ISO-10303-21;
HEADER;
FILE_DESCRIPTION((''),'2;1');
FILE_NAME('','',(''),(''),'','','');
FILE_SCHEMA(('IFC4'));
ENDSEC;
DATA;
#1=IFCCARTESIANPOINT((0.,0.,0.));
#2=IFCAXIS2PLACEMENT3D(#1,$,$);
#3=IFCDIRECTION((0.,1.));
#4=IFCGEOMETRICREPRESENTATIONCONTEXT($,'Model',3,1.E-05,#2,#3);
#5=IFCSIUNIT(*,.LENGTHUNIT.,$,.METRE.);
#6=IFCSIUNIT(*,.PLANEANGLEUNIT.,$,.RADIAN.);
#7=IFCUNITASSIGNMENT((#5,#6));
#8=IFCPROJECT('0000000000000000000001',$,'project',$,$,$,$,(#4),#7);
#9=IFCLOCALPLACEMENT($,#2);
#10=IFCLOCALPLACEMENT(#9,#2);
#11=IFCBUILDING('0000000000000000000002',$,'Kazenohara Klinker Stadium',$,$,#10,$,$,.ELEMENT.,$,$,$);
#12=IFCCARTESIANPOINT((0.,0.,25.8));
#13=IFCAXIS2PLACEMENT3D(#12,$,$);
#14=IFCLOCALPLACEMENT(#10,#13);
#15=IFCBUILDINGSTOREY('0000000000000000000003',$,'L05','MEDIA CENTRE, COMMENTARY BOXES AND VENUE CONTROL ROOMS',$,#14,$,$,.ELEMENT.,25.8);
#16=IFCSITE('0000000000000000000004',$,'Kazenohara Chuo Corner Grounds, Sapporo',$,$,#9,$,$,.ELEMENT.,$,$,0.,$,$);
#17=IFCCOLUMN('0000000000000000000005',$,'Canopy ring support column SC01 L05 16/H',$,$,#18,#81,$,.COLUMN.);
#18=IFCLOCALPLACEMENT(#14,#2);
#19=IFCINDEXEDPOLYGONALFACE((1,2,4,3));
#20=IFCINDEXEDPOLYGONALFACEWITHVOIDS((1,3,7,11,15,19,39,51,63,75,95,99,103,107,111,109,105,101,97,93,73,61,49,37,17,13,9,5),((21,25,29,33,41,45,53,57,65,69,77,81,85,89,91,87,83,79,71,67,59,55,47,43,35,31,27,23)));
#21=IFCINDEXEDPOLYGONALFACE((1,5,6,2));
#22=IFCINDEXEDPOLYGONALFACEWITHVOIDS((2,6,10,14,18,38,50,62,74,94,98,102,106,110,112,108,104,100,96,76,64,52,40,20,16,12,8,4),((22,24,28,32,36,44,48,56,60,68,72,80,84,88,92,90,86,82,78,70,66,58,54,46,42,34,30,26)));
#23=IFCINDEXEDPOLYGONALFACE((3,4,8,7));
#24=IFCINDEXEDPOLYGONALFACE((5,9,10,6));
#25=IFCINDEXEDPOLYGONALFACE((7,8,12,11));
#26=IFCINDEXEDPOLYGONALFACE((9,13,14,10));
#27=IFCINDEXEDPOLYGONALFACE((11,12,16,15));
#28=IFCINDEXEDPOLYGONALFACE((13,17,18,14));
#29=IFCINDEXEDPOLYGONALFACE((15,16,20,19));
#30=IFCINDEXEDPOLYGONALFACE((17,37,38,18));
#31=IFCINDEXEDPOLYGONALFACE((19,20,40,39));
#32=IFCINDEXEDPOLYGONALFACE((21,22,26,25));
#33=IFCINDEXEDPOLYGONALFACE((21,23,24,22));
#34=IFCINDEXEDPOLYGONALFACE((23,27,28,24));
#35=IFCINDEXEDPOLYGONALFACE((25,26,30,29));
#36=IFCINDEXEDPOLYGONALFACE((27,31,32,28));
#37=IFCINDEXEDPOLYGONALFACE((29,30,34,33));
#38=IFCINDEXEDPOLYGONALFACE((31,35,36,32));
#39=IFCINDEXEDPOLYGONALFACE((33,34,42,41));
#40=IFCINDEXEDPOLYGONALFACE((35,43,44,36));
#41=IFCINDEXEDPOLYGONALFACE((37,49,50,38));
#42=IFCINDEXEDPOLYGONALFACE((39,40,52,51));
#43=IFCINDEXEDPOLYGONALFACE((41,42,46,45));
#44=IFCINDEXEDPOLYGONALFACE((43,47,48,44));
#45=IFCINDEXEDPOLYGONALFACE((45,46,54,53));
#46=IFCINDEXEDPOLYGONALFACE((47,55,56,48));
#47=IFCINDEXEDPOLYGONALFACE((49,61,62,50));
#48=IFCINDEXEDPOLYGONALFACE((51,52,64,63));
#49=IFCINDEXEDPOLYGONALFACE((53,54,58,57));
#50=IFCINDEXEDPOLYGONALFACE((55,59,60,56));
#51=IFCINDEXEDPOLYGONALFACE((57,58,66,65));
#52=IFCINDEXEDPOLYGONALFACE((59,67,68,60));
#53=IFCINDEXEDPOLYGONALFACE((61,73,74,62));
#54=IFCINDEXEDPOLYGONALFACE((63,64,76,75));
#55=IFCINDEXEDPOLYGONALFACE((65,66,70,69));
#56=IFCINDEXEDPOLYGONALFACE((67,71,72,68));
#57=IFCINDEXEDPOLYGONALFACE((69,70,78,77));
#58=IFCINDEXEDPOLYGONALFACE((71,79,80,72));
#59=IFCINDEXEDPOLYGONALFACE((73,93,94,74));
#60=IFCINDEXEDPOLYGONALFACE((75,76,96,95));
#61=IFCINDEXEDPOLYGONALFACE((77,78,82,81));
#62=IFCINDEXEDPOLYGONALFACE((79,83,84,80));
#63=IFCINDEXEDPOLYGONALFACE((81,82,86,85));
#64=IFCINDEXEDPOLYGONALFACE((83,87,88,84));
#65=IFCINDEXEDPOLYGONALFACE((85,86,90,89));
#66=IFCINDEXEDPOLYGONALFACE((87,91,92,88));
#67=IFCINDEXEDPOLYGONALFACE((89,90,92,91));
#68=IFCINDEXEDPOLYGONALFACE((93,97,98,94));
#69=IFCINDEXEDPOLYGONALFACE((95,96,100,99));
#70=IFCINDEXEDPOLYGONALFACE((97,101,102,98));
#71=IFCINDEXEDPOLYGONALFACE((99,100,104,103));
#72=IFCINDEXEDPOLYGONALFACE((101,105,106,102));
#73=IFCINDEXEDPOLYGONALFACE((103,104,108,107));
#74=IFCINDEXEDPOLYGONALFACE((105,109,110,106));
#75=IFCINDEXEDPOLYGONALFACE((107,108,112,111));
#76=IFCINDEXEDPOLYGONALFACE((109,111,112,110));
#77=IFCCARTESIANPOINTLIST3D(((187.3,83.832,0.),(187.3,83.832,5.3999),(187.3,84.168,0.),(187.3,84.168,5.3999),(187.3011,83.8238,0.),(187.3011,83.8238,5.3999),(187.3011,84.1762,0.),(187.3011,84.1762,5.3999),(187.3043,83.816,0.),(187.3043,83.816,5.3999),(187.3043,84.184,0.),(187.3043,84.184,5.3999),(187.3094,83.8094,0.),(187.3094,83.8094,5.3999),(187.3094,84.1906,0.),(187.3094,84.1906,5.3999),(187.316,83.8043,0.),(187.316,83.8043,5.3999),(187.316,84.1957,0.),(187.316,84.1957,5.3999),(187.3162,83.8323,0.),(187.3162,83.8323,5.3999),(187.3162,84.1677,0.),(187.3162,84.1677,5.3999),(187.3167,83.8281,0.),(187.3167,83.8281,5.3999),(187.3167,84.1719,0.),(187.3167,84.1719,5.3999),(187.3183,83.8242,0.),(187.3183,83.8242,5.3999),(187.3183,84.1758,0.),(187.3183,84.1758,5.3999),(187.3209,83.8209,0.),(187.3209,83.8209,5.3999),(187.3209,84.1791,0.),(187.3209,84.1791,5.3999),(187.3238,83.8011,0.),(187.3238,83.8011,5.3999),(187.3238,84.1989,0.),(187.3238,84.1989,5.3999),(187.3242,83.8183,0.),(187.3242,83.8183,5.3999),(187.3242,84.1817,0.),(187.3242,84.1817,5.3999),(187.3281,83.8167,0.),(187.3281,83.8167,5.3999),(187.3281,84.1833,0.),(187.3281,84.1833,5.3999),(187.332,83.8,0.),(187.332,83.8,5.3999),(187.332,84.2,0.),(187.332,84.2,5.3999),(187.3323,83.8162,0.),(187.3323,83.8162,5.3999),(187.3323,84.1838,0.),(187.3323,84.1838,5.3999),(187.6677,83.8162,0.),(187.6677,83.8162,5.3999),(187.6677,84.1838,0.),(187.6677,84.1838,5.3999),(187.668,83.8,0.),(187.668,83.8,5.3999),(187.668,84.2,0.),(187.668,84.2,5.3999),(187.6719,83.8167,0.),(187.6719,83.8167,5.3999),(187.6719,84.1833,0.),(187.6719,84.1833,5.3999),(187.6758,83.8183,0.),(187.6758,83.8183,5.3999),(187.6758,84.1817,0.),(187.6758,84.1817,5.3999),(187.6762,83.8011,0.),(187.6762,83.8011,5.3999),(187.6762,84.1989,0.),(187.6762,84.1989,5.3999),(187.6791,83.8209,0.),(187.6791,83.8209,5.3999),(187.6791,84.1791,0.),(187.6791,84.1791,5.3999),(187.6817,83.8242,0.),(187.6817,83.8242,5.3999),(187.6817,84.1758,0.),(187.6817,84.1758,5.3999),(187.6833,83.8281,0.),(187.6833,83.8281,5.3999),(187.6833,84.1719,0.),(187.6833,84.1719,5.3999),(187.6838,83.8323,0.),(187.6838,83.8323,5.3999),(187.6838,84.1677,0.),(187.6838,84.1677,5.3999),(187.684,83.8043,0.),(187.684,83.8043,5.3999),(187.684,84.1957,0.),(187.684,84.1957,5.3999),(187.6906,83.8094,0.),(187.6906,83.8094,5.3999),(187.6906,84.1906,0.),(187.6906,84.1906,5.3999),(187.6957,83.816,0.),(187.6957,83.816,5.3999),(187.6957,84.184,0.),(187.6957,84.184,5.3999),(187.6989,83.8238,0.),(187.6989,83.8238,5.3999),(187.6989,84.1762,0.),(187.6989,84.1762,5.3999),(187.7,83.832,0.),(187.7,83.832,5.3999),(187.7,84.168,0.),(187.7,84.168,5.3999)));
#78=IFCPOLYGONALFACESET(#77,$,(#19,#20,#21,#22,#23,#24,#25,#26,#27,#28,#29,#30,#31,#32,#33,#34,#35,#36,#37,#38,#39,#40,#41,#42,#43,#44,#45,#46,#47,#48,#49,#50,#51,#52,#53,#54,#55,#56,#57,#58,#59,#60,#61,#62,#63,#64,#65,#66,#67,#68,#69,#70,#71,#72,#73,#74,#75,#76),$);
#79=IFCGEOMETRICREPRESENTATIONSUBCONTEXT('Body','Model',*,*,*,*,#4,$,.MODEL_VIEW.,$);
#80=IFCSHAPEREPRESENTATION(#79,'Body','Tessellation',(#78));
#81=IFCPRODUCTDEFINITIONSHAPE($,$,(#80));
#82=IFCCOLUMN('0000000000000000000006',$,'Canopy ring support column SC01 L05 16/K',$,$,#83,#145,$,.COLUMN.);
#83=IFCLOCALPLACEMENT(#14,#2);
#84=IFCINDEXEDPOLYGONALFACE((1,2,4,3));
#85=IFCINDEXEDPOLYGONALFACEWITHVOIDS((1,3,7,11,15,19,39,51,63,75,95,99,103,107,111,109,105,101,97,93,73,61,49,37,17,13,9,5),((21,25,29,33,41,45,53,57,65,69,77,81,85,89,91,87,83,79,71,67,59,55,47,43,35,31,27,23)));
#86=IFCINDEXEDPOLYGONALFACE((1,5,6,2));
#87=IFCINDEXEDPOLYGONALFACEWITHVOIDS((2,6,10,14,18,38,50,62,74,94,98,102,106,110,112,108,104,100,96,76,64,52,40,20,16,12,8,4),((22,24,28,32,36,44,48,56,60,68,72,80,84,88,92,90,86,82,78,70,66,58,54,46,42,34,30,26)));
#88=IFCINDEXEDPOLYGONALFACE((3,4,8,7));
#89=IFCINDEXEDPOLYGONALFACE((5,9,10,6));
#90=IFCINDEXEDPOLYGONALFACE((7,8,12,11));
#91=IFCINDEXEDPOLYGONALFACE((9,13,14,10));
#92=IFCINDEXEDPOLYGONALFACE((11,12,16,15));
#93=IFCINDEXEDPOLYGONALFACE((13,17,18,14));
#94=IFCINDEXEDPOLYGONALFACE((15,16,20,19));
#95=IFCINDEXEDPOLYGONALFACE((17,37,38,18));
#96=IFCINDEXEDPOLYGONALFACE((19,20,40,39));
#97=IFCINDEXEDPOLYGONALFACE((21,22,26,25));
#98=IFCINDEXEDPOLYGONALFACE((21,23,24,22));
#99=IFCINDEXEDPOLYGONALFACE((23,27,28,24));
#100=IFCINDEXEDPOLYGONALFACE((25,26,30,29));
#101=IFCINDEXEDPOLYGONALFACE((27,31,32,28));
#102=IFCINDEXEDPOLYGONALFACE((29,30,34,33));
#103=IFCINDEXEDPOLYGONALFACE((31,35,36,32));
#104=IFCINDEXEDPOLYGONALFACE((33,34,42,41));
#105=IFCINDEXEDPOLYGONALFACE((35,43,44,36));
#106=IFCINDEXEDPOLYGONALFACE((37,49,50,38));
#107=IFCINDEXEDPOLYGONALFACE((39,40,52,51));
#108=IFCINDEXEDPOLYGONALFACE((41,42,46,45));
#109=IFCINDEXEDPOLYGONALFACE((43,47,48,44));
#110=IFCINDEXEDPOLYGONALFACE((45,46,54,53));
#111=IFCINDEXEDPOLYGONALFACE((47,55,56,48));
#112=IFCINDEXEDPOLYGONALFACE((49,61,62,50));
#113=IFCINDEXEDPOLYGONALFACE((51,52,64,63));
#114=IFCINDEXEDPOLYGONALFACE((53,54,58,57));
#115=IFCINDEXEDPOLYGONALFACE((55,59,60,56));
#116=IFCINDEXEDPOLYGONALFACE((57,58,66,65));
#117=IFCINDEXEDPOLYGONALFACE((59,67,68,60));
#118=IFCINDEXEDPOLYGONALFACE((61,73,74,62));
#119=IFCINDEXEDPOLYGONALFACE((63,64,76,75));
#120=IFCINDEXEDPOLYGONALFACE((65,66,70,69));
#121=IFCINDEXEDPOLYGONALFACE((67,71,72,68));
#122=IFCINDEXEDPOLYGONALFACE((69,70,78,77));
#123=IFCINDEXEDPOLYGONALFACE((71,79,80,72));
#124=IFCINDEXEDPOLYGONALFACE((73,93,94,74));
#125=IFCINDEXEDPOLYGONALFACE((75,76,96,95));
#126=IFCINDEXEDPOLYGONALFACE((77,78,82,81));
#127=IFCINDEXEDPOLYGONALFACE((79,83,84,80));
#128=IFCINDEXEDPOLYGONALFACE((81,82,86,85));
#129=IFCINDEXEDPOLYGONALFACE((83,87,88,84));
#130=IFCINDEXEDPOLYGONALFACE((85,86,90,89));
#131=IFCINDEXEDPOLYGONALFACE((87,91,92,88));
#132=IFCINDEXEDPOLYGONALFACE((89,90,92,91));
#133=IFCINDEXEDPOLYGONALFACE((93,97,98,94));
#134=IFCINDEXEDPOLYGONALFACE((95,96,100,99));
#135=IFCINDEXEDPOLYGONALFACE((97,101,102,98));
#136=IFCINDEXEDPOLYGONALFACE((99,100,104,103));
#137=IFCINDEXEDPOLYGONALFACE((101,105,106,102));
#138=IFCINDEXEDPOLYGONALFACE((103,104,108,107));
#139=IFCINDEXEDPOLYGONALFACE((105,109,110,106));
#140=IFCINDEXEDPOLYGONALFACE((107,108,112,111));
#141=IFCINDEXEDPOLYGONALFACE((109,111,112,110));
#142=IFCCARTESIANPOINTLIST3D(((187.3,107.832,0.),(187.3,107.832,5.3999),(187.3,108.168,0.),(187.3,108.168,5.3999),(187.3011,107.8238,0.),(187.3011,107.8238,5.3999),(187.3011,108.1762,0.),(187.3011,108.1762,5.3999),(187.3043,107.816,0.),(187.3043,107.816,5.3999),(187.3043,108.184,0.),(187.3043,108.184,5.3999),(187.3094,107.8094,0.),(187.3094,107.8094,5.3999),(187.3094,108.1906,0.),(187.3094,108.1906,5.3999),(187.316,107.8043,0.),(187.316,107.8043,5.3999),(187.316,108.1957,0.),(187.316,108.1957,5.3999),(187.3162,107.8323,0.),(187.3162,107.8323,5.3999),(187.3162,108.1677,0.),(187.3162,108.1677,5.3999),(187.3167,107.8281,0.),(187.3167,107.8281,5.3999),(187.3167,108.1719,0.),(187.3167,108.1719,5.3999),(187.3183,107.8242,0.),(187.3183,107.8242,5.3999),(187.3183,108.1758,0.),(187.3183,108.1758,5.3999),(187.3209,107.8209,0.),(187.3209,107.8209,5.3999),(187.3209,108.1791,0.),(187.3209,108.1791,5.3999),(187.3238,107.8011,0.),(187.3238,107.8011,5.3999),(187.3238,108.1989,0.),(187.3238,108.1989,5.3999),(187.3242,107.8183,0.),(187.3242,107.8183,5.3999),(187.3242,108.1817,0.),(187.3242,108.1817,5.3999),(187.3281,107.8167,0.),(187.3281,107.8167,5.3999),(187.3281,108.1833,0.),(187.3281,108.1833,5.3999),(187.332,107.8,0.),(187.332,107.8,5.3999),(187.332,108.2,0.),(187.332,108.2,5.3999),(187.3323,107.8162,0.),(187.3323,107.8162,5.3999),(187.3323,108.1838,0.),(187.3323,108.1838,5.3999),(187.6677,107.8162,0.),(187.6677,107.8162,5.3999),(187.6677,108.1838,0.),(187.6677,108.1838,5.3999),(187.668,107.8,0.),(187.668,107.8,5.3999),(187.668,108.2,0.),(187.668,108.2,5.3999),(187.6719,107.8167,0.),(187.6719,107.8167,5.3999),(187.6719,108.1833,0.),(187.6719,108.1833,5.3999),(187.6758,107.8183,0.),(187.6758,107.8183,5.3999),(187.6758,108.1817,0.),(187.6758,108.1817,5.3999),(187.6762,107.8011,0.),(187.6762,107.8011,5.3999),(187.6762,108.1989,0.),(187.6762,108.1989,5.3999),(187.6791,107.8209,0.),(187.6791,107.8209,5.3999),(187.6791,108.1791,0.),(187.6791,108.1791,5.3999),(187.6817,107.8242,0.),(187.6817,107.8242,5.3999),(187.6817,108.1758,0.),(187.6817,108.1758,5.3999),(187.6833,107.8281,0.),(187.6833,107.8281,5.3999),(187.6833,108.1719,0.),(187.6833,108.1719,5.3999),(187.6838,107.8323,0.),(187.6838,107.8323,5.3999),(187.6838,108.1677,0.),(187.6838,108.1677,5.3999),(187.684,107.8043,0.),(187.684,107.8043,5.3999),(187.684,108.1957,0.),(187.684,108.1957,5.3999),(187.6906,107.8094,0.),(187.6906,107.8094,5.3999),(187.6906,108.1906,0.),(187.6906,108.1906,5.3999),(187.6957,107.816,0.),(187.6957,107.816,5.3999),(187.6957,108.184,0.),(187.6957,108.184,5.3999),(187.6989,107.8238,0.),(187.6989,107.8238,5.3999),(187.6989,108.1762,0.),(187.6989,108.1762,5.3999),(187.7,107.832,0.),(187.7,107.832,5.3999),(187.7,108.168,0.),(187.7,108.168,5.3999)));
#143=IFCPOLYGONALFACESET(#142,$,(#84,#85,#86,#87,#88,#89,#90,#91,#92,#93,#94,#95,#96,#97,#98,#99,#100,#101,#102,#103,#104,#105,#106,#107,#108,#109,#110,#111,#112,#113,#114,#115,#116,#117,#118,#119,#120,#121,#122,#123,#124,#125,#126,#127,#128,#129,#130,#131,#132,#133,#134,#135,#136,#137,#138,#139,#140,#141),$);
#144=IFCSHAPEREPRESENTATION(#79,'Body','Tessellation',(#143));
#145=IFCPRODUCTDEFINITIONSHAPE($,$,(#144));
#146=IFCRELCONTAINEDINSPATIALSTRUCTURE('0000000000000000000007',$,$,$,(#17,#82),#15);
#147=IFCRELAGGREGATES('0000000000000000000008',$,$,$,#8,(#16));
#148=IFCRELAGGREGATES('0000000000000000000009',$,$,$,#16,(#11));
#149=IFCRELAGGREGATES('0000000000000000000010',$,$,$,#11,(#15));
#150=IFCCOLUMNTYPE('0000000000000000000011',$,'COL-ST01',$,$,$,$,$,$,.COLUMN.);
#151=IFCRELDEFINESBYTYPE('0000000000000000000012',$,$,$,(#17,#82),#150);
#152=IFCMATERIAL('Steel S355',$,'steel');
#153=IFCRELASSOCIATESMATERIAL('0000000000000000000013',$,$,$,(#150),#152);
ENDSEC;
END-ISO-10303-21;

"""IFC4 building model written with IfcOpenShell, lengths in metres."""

from ifc_helpers import new_model, si_unit, direction, frame, origin, origin_2d, place, context, subcontext, project, spatial, hollow_rectangle, extrude, material, material_profile, profile_set, type_object, element, save


model = new_model("IFC4")

# Units and contexts
model_context = context("Model", 3, precision=1e-05, world=origin(), true_north=direction((0.0, 1.0)))
body_context = subcontext(model_context, "Body", "Model", "MODEL_VIEW")
ifc_project = project(units=[si_unit("LENGTHUNIT", "METRE"), si_unit("PLANEANGLEUNIT", "RADIAN")], contexts=[model_context])

# Site, building, storey
site_placement = place(None, origin())
site = spatial("IfcSite", under=ifc_project, at=site_placement, Name="Kazenohara Chuo Corner Grounds, Sapporo", CompositionType="ELEMENT", RefElevation=0.0)
building_placement = place(site_placement, origin())
building = spatial("IfcBuilding", under=site, at=building_placement, Name="Kazenohara Klinker Stadium", CompositionType="ELEMENT")
storey_placement = place(building_placement, frame((0.0, 0.0, 25.8)))
storey = spatial("IfcBuildingStorey", under=building, at=storey_placement, Name="L05", Description="MEDIA CENTRE, COMMENTARY BOXES AND VENUE CONTROL ROOMS", CompositionType="ELEMENT", Elevation=25.8)

# Columns
ifc_material_1 = material(Name="Steel S355", Category="steel")
ifc_material_profile_1 = material_profile(ifc_material_1, hollow_rectangle(XDim=0.3999, YDim=0.3999, WallThickness=0.0161, InnerFilletRadius=0.0161, OuterFilletRadius=0.032, at=origin_2d()), Name="SHS-400x400x16")
ifc_profile_set_1 = profile_set([ifc_material_profile_1], Name="Steel S355")
column_type_1 = type_object("IfcColumnType", Name="COL-ST01", PredefinedType="COLUMN", material=ifc_profile_set_1)
for number, where, z_axis, x_axis, name in (
    (1, (187.5, 84.0, 0.0), (0.0, 0.0, 1.0), (1.0, 0.0, 0.0), "Canopy ring support column SC01 L05 16/H"),
    (2, (187.5, 108.0, 0.0), (0.0, 0.0, 1.0), (1.0, 0.0, 0.0), "Canopy ring support column SC01 L05 16/K"),
):
    element("IfcColumn", number, at=place(storey_placement, frame(where, z_axis=z_axis, x_axis=x_axis)), inside=storey, type_object=column_type_1, Name=name, PredefinedType="COLUMN", context=body_context, shape_type="SweptSolid", body=[
        extrude(hollow_rectangle(XDim=0.3999, YDim=0.3999, WallThickness=0.0161, InnerFilletRadius=0.0161, OuterFilletRadius=0.032, at=origin_2d()), origin(), (0.0, 0.0, 1.0), 5.3999),
    ])

save(model, "model.ifc")
